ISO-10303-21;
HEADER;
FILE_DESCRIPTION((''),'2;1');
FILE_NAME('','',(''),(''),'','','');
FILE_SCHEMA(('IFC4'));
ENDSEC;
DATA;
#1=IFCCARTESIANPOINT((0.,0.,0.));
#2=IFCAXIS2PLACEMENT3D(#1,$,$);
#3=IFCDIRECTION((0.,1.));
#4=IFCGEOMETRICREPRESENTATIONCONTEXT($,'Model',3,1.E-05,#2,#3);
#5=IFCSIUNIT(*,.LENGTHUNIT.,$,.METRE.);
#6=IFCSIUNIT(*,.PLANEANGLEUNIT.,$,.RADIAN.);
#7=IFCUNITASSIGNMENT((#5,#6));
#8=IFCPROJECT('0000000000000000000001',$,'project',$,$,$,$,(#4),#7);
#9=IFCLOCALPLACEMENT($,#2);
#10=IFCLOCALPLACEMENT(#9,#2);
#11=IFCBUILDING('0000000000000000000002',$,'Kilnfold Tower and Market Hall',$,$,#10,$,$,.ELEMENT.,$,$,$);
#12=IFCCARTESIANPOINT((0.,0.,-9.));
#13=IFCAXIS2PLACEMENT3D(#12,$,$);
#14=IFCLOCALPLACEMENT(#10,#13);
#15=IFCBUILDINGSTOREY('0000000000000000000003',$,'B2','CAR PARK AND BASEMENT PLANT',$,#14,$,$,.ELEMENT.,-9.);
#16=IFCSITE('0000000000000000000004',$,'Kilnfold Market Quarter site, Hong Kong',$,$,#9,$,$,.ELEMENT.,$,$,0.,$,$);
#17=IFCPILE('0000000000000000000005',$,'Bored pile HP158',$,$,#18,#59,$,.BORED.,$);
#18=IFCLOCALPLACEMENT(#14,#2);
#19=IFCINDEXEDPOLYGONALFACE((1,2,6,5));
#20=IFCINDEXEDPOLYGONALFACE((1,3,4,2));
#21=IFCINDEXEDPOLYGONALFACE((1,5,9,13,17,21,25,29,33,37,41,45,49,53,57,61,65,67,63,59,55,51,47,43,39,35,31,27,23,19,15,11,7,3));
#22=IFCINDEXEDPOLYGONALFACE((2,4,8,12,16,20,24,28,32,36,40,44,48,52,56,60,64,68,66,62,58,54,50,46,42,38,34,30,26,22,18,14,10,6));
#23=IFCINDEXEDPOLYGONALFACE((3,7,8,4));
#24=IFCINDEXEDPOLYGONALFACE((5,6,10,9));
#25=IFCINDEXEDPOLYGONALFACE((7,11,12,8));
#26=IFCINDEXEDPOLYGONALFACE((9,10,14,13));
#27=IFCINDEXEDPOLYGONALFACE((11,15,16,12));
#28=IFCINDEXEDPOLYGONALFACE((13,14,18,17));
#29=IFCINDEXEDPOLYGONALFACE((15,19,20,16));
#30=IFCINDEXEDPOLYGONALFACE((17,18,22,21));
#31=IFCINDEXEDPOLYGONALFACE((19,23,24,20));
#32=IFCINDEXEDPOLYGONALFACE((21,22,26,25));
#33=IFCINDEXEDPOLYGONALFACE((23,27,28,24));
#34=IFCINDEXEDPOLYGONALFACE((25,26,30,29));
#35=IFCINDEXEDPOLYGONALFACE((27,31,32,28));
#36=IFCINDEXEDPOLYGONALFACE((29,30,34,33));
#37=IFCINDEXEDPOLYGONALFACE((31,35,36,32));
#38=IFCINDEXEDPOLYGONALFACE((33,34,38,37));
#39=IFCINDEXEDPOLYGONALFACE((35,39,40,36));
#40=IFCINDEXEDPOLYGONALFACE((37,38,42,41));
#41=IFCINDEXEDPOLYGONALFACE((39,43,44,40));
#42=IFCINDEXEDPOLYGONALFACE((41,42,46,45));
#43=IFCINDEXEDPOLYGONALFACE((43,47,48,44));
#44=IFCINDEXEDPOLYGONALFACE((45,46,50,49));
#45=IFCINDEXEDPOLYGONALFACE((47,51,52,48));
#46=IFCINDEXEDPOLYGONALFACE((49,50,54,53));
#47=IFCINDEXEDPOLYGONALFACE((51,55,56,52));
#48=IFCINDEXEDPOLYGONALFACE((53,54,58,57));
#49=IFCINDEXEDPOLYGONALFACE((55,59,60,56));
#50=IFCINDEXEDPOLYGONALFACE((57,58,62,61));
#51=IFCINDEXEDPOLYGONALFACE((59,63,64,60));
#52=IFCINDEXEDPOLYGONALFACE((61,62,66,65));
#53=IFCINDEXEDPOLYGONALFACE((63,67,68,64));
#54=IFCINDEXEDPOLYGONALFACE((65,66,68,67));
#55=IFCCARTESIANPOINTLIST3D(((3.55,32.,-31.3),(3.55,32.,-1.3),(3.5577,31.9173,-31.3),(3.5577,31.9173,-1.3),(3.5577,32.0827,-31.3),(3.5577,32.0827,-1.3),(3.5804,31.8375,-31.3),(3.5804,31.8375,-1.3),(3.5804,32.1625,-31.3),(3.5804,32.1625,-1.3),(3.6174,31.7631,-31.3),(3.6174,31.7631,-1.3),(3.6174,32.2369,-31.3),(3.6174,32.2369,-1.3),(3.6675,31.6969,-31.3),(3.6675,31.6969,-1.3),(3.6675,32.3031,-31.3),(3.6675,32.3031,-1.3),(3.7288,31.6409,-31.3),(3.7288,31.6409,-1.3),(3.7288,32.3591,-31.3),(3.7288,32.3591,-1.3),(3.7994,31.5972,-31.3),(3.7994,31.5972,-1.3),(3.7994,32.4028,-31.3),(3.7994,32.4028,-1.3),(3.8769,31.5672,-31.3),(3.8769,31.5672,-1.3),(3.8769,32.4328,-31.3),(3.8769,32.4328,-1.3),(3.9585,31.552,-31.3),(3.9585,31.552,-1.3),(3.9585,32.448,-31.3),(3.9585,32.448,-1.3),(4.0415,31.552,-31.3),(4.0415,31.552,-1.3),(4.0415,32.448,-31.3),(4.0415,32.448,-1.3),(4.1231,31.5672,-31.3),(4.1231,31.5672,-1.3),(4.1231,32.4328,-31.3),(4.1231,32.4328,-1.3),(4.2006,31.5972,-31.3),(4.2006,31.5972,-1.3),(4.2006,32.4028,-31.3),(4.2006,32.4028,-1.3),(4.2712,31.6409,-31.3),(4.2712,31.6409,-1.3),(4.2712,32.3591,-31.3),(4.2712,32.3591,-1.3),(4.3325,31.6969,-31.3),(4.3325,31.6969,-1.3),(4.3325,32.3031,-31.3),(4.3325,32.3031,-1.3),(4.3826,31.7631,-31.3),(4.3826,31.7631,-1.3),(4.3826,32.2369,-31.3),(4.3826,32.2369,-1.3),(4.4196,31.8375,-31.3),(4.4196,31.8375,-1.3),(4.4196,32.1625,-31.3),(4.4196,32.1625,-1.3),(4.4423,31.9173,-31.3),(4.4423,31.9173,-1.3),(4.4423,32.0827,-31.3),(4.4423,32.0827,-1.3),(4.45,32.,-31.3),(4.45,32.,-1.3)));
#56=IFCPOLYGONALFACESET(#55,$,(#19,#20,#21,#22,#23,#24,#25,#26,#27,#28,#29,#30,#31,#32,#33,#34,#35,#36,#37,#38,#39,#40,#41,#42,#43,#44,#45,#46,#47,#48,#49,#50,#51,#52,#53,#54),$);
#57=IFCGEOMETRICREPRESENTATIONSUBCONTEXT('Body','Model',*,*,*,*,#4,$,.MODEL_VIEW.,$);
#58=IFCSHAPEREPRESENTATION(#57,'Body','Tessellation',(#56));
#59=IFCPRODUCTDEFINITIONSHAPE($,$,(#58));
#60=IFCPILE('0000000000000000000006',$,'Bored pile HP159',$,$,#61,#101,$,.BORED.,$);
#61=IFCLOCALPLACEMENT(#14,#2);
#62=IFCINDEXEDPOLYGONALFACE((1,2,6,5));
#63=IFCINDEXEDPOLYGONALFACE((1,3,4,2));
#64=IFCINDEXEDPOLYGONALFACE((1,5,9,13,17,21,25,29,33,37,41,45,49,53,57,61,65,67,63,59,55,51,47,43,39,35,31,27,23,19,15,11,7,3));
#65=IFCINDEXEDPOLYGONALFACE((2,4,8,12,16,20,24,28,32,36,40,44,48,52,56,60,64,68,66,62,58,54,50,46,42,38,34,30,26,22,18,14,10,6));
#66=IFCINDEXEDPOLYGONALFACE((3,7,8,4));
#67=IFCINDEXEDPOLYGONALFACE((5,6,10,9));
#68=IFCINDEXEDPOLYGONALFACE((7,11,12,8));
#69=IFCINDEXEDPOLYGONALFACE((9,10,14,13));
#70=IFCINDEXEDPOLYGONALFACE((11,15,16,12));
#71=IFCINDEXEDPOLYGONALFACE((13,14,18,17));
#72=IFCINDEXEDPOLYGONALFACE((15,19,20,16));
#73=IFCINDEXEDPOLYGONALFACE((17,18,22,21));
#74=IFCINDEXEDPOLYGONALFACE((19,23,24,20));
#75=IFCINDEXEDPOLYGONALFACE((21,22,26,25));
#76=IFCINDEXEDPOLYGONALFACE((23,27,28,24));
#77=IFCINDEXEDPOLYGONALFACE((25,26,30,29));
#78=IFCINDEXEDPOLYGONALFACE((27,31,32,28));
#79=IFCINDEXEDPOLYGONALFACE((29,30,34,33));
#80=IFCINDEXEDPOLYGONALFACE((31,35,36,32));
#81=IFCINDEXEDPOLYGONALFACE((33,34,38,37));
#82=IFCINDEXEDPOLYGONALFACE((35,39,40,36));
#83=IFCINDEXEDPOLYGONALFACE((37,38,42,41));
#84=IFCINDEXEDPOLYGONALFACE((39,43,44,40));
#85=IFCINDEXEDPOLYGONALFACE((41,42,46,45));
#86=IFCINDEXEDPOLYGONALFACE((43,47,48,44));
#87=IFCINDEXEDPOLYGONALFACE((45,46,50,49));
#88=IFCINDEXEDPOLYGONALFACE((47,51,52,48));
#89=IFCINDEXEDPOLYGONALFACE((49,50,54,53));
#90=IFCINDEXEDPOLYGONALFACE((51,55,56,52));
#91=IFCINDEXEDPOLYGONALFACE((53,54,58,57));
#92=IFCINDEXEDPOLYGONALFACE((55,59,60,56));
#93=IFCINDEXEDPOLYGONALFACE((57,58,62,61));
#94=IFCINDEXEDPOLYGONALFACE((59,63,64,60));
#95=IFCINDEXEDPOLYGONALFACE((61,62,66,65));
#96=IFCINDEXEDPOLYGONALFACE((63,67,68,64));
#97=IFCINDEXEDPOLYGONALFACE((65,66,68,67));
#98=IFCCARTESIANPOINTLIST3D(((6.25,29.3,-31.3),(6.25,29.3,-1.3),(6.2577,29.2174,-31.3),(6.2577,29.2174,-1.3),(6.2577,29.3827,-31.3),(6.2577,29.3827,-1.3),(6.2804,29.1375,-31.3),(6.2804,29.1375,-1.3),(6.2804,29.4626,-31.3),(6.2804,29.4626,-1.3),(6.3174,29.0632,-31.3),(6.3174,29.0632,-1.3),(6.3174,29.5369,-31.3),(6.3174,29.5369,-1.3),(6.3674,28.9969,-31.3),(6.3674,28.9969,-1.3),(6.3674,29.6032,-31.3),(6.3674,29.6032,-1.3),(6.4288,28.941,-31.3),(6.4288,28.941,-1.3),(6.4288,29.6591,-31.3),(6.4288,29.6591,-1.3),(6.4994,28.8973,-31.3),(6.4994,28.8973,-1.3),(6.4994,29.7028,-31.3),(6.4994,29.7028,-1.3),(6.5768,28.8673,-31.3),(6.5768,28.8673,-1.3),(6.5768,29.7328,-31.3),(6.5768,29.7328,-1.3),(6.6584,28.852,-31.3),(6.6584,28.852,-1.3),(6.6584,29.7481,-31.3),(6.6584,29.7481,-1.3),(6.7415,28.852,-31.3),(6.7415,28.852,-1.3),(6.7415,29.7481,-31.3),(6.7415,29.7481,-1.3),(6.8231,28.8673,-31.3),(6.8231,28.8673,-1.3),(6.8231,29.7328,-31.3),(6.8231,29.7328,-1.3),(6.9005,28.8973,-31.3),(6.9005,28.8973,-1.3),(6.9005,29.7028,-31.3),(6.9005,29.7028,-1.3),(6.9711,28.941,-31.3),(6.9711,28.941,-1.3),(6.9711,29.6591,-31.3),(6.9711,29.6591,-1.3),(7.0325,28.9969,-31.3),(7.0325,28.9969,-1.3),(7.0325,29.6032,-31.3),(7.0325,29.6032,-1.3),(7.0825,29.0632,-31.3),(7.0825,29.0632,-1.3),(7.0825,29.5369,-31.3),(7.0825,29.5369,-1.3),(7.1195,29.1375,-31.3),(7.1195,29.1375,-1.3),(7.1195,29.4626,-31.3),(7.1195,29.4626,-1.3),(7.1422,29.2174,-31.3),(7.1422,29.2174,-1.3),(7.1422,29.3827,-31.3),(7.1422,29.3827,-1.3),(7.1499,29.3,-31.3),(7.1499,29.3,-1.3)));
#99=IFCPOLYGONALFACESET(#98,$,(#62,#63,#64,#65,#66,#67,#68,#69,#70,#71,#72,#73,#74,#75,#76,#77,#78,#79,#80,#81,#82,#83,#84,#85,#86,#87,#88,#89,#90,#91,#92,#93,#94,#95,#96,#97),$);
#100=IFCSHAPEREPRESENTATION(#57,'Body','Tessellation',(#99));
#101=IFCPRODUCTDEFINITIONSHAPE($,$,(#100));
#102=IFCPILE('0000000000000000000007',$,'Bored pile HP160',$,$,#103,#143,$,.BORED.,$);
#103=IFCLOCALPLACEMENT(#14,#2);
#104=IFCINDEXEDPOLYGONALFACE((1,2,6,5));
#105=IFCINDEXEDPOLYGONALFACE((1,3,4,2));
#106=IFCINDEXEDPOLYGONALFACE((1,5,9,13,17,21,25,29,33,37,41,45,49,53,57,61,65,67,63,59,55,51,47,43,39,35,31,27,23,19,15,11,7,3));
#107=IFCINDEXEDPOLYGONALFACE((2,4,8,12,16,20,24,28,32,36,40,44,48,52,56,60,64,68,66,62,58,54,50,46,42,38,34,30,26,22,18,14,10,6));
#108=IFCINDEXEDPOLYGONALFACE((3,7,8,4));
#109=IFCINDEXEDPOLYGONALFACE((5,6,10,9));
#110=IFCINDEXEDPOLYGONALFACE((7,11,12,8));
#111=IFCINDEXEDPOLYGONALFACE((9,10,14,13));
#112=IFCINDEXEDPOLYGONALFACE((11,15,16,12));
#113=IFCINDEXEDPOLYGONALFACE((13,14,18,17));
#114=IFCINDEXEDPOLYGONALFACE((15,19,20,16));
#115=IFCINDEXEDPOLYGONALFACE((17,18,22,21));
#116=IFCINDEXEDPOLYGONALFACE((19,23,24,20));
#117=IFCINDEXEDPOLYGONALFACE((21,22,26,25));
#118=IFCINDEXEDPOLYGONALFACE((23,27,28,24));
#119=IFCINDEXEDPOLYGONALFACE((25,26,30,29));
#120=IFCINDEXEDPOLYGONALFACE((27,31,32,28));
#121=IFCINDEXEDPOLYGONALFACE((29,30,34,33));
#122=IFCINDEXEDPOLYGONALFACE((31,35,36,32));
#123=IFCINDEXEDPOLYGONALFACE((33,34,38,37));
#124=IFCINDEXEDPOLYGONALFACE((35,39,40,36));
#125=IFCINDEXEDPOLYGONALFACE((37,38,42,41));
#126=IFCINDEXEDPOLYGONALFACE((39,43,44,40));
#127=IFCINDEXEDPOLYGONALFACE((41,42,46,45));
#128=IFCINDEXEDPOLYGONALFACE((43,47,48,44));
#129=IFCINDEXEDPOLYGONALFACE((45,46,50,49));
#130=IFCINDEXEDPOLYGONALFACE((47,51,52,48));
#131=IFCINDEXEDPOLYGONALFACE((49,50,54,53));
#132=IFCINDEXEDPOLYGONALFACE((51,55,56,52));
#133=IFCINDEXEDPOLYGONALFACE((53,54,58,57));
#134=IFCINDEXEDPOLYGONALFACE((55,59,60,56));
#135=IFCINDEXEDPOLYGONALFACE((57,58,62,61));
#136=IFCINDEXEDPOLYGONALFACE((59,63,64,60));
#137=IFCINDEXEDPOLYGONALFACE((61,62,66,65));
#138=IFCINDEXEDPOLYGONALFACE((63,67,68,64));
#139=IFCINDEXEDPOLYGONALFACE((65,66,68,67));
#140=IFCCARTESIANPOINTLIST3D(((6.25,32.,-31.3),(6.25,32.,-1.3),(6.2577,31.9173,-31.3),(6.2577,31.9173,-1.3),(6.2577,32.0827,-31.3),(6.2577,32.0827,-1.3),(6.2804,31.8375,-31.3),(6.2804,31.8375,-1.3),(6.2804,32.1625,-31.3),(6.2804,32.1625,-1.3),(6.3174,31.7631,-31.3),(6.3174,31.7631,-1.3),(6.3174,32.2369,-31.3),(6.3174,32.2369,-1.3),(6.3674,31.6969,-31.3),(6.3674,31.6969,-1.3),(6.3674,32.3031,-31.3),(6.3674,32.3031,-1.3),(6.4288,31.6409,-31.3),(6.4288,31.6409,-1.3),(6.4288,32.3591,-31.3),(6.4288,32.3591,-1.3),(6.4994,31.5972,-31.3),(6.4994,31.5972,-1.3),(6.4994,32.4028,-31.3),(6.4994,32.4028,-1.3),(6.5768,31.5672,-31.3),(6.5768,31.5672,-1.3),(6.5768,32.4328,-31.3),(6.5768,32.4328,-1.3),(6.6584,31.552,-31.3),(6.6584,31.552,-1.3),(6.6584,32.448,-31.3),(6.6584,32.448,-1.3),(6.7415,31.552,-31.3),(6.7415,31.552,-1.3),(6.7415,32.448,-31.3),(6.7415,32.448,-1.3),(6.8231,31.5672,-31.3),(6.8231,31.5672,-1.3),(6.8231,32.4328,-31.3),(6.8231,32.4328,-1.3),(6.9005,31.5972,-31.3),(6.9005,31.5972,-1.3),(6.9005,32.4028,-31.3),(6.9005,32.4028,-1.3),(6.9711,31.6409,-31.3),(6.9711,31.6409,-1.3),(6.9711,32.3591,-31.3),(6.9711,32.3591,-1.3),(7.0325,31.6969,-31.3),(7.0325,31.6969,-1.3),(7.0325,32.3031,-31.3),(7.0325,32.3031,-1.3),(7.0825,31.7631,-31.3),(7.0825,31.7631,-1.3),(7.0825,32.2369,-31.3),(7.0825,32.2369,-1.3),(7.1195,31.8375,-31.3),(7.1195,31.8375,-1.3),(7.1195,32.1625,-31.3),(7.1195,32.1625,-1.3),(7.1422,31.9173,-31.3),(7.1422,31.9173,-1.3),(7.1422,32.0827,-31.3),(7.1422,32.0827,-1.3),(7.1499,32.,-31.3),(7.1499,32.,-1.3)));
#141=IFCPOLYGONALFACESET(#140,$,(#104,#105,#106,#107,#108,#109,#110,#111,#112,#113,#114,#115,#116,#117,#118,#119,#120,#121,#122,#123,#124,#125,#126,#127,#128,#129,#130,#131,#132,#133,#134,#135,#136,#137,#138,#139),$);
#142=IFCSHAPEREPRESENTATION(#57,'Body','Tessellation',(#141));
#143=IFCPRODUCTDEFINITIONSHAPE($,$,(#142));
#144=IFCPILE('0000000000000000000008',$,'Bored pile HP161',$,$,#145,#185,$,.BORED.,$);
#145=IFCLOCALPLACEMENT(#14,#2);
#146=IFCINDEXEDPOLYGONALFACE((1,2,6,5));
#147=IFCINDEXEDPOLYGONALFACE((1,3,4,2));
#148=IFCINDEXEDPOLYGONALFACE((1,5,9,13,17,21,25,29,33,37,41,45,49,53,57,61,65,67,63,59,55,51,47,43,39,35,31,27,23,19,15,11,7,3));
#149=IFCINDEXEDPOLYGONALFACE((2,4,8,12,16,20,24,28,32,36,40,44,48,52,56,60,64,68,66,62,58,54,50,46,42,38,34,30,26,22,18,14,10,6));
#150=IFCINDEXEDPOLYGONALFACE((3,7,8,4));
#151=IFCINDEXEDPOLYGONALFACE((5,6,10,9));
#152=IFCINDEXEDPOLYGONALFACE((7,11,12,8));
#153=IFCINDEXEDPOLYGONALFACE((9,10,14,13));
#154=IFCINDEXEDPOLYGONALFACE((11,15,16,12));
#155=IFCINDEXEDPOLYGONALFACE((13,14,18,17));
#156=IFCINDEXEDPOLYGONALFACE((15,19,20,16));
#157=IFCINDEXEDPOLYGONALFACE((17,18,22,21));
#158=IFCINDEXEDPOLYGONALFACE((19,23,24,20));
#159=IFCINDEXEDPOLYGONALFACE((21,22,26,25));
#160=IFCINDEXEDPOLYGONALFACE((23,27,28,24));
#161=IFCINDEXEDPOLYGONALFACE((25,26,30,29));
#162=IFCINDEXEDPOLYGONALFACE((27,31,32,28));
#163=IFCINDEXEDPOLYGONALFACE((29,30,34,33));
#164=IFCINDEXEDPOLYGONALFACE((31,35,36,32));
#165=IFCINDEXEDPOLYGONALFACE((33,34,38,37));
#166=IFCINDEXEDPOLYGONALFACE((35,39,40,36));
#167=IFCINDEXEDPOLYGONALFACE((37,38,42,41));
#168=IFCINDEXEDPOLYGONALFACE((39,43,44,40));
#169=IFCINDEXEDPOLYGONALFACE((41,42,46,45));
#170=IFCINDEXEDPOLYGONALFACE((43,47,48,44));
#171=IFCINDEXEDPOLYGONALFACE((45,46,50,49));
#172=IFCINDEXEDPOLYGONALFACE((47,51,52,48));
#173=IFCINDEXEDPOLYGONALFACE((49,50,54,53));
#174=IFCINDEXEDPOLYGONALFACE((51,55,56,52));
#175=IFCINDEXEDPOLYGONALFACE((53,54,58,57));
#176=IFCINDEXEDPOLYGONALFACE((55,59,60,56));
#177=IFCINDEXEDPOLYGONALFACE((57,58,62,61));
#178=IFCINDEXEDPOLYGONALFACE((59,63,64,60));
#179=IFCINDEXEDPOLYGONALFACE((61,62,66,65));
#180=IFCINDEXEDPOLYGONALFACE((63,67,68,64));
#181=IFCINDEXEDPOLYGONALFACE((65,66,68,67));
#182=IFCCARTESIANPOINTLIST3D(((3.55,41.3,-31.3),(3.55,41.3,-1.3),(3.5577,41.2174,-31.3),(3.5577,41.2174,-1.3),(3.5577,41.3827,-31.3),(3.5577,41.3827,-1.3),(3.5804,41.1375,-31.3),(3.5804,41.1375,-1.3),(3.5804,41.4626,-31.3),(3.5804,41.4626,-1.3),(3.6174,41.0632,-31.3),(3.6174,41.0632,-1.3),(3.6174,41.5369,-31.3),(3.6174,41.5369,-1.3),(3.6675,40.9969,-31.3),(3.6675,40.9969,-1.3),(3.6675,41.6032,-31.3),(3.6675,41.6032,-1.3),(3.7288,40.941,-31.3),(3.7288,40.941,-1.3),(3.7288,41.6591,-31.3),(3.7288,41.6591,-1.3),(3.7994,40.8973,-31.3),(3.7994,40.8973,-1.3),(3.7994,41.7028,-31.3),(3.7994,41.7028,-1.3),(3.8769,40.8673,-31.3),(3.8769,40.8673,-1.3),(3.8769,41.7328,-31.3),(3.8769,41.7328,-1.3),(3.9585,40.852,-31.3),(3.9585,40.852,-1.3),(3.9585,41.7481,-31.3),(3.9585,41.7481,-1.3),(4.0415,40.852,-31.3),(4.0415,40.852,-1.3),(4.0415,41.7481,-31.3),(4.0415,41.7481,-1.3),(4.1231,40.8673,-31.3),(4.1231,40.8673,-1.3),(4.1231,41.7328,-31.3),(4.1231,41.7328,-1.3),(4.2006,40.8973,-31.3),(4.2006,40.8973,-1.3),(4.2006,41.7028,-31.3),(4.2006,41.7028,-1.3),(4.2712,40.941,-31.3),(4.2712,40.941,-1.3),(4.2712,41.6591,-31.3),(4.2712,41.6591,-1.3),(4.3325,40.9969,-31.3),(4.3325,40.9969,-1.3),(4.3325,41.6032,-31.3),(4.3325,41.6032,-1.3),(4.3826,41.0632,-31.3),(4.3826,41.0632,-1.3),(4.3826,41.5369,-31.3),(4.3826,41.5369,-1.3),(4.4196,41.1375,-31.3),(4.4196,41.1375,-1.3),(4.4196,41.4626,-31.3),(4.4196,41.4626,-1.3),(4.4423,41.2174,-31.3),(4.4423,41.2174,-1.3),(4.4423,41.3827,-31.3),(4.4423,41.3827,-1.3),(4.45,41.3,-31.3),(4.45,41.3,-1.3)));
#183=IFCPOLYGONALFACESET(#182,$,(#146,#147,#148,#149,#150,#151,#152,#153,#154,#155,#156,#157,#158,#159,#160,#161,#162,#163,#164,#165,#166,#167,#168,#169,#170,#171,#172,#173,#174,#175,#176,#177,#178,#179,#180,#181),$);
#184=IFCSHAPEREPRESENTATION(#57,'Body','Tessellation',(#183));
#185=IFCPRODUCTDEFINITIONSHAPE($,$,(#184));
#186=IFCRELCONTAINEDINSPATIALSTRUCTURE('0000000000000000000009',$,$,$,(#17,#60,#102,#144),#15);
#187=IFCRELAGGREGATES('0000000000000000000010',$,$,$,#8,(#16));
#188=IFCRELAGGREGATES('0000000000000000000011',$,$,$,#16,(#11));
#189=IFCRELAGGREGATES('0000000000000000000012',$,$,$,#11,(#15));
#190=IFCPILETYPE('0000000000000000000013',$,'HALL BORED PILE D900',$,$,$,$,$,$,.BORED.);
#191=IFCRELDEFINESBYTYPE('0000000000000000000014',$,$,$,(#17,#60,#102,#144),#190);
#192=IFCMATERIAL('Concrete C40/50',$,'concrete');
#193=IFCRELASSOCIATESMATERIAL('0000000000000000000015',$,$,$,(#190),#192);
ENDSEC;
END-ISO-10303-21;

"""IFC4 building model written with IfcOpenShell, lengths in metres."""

from ifc_helpers import new_model, si_unit, direction, frame, origin, origin_2d, place, context, subcontext, project, spatial, circle, extrude, source, transform, mapped, material, material_profile, profile_set, type_object, element, save


model = new_model("IFC4")

# Units and contexts
model_context = context("Model", 3, precision=1e-05, world=origin(), true_north=direction((0.0, 1.0)))
body_context = subcontext(model_context, "Body", "Model", "MODEL_VIEW")
ifc_project = project(units=[si_unit("LENGTHUNIT", "METRE"), si_unit("PLANEANGLEUNIT", "RADIAN")], contexts=[model_context])

# Site, building, storey
site_placement = place(None, origin())
site = spatial("IfcSite", under=ifc_project, at=site_placement, Name="Kilnfold Market Quarter site, Hong Kong", CompositionType="ELEMENT", RefElevation=0.0)
building_placement = place(site_placement, origin())
building = spatial("IfcBuilding", under=site, at=building_placement, Name="Kilnfold Tower and Market Hall", CompositionType="ELEMENT")
storey_placement = place(building_placement, frame((0.0, 0.0, -9.0)))
storey = spatial("IfcBuildingStorey", under=building, at=storey_placement, Name="B2", Description="CAR PARK AND BASEMENT PLANT", CompositionType="ELEMENT", Elevation=-9.0)

# Piles
ifc_material_1 = material(Name="Concrete C40/50", Category="concrete")
ifc_material_profile_1 = material_profile(ifc_material_1, circle(Radius=0.45, at=origin_2d()), Name="D900")
ifc_profile_set_1 = profile_set([ifc_material_profile_1], Name="Concrete C40/50")
pile_type_1 = type_object("IfcPileType", Name="HALL BORED PILE D900", PredefinedType="BORED", material=ifc_profile_set_1)
shared_shape_1 = source(origin(), body_context, "Body", "SweptSolid", [
    extrude(circle(Radius=0.45, at=origin_2d()), origin(), (0.0, 0.0, 1.0), 30.0),
])
for number, where, z_axis, x_axis, name in (
    (1, (4.0, 32.0, -1.3), (0.0, 0.0, -1.0), (1.0, 0.0, 0.0), "Bored pile HP158"),
    (2, (6.7, 29.3, -1.3), (0.0, 0.0, -1.0), (1.0, 0.0, 0.0), "Bored pile HP159"),
    (3, (6.7, 32.0, -1.3), (0.0, 0.0, -1.0), (1.0, 0.0, 0.0), "Bored pile HP160"),
    (4, (4.0, 41.3, -1.3), (0.0, 0.0, -1.0), (1.0, 0.0, 0.0), "Bored pile HP161"),
):
    element("IfcPile", number, at=place(storey_placement, frame(where, z_axis=z_axis, x_axis=x_axis)), inside=storey, type_object=pile_type_1, Name=name, PredefinedType="BORED", context=body_context, shape_type="MappedRepresentation", body=[
        mapped(shared_shape_1, transform((0.0, 0.0, 0.0))),
    ])

save(model, "model.ifc")
